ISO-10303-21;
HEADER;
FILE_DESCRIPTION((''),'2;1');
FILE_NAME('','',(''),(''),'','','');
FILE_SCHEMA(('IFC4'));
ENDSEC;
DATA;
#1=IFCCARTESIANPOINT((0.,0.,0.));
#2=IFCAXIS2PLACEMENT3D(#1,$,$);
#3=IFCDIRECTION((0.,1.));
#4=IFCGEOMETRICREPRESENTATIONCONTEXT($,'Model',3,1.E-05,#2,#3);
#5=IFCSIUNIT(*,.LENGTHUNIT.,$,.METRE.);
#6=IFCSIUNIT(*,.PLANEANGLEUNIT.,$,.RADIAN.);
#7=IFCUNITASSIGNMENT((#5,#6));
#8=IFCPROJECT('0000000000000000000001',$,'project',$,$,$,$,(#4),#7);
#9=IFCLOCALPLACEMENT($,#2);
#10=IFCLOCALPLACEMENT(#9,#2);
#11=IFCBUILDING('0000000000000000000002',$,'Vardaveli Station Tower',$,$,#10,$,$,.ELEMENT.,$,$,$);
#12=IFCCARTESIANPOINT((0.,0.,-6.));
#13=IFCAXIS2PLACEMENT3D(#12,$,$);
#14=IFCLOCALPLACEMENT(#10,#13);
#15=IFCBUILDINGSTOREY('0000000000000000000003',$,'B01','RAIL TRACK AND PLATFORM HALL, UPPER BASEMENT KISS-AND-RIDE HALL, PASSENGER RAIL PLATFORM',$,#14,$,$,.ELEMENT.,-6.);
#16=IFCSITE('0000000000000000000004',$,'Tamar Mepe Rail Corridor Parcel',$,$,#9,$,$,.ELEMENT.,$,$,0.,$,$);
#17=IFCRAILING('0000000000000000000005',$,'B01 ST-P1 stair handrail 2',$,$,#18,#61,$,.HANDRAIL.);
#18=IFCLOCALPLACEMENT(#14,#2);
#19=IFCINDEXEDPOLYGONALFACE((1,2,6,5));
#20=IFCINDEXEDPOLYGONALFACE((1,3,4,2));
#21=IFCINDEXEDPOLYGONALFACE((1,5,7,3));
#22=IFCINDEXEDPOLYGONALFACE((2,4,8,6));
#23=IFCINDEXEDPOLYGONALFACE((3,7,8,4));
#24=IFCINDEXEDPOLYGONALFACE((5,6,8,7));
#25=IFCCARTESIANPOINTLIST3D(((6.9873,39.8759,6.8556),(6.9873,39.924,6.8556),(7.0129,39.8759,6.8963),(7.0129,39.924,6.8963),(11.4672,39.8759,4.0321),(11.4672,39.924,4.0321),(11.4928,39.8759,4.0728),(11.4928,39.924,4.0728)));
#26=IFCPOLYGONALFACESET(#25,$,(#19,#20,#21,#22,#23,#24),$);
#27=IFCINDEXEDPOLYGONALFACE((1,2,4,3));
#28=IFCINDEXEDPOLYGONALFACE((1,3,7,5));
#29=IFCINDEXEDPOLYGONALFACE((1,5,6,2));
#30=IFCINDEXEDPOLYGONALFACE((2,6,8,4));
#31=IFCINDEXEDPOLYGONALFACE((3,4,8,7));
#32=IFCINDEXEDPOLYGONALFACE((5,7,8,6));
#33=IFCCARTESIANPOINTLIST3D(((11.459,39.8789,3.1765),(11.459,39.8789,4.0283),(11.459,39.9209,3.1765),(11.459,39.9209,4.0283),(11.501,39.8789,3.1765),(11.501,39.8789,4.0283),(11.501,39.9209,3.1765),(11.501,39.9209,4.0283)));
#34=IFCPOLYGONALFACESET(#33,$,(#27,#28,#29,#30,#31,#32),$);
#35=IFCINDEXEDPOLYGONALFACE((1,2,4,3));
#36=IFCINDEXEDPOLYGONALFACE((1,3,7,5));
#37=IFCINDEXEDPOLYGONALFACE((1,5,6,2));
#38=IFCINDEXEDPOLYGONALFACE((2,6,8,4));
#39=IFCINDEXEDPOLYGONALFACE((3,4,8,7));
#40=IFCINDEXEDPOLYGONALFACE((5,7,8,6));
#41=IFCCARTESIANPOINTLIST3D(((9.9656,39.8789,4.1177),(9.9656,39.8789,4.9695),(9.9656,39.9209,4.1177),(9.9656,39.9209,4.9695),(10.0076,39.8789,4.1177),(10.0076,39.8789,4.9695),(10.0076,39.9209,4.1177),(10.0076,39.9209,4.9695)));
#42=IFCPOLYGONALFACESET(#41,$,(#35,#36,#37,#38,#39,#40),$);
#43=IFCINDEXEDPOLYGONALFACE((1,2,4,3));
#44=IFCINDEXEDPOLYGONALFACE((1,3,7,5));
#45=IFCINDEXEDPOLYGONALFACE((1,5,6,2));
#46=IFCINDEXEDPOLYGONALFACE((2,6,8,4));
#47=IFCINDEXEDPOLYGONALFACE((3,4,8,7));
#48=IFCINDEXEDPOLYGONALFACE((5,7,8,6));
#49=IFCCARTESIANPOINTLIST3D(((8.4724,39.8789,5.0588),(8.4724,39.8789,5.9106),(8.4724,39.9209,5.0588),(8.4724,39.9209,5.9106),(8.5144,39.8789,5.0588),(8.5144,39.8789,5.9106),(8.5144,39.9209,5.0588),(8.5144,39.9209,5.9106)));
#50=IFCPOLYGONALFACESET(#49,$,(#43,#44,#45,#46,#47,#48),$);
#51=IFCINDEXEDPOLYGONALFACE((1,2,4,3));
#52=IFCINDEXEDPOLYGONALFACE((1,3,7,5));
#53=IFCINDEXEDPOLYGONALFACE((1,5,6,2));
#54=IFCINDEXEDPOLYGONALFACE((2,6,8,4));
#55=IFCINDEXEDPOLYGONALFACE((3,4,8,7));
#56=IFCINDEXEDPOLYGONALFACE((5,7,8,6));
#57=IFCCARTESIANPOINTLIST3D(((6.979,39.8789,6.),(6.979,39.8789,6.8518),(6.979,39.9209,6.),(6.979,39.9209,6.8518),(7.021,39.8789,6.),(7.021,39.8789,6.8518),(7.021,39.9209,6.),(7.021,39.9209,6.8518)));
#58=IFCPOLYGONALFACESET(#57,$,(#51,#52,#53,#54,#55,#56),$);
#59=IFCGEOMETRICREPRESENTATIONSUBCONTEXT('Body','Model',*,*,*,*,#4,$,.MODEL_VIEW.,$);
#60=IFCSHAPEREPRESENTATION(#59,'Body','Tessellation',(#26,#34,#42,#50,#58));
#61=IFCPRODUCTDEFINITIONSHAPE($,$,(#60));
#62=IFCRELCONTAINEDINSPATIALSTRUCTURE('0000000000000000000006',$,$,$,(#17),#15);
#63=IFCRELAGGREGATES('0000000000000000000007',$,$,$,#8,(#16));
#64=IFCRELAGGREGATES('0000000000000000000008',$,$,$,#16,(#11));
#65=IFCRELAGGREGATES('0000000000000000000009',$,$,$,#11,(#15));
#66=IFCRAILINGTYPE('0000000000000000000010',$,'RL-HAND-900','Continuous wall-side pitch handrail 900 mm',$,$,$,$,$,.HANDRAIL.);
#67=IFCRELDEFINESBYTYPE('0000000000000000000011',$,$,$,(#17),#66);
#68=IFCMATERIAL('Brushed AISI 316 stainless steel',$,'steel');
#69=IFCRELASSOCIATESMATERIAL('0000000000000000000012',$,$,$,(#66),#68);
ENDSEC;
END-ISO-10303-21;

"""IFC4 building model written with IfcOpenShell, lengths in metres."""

from ifc_helpers import new_model, si_unit, direction, frame, origin, origin_2d, place, context, subcontext, project, spatial, rectangle, extrude, source, transform, mapped, material, type_object, element, save


model = new_model("IFC4")

# Units and contexts
model_context = context("Model", 3, precision=1e-05, world=origin(), true_north=direction((0.0, 1.0)))
body_context = subcontext(model_context, "Body", "Model", "MODEL_VIEW")
ifc_project = project(units=[si_unit("LENGTHUNIT", "METRE"), si_unit("PLANEANGLEUNIT", "RADIAN")], contexts=[model_context])

# Site, building, storey
site_placement = place(None, origin())
site = spatial("IfcSite", under=ifc_project, at=site_placement, Name="Tamar Mepe Rail Corridor Parcel", CompositionType="ELEMENT", RefElevation=0.0)
building_placement = place(site_placement, origin())
building = spatial("IfcBuilding", under=site, at=building_placement, Name="Vardaveli Station Tower", CompositionType="ELEMENT")
storey_placement = place(building_placement, frame((0.0, 0.0, -6.0)))
storey = spatial("IfcBuildingStorey", under=building, at=storey_placement, Name="B01", Description="RAIL TRACK AND PLATFORM HALL, UPPER BASEMENT KISS-AND-RIDE HALL, PASSENGER RAIL PLATFORM", CompositionType="ELEMENT", Elevation=-6.0)

# Railing
ifc_material_1 = material(Name="Brushed AISI 316 stainless steel", Category="steel")
railing_type_1 = type_object("IfcRailingType", Name="RL-HAND-900", Description="Continuous wall-side pitch handrail 900 mm", PredefinedType="HANDRAIL", material=ifc_material_1)
shared_shape_1 = source(origin(), body_context, "Body", "SweptSolid", [
    extrude(rectangle(XDim=0.0481, YDim=0.0481, at=origin_2d()), frame((0.0, 0.0, 0.876), z_axis=(-0.845998, 0.0, 0.533186), x_axis=(0.0, -1.0, 0.0)), (0.0, 0.0, 1.0), 5.2954),
    extrude(rectangle(XDim=0.042, YDim=0.042, at=origin_2d()), origin(), (0.0, 0.0, 1.0), 0.8518),
    extrude(rectangle(XDim=0.042, YDim=0.042, at=origin_2d()), frame((-1.4934, 0.0, 0.9412)), (0.0, 0.0, 1.0), 0.8518),
    extrude(rectangle(XDim=0.042, YDim=0.042, at=origin_2d()), frame((-2.9866, 0.0, 1.8823)), (0.0, 0.0, 1.0), 0.8518),
    extrude(rectangle(XDim=0.042, YDim=0.042, at=origin_2d()), frame((-4.48, 0.0, 2.8235)), (0.0, 0.0, 1.0), 0.8518),
])
railing_1_placement = place(storey_placement, frame((11.48, 39.8999, 3.1765)))
element("IfcRailing", 1, at=railing_1_placement, inside=storey, type_object=railing_type_1, Name="B01 ST-P1 stair handrail 2", PredefinedType="HANDRAIL", context=body_context, shape_type="MappedRepresentation", body=[
    mapped(shared_shape_1, transform((0.0, 0.0, 0.0), scale=1.0)),
])

save(model, "model.ifc")
